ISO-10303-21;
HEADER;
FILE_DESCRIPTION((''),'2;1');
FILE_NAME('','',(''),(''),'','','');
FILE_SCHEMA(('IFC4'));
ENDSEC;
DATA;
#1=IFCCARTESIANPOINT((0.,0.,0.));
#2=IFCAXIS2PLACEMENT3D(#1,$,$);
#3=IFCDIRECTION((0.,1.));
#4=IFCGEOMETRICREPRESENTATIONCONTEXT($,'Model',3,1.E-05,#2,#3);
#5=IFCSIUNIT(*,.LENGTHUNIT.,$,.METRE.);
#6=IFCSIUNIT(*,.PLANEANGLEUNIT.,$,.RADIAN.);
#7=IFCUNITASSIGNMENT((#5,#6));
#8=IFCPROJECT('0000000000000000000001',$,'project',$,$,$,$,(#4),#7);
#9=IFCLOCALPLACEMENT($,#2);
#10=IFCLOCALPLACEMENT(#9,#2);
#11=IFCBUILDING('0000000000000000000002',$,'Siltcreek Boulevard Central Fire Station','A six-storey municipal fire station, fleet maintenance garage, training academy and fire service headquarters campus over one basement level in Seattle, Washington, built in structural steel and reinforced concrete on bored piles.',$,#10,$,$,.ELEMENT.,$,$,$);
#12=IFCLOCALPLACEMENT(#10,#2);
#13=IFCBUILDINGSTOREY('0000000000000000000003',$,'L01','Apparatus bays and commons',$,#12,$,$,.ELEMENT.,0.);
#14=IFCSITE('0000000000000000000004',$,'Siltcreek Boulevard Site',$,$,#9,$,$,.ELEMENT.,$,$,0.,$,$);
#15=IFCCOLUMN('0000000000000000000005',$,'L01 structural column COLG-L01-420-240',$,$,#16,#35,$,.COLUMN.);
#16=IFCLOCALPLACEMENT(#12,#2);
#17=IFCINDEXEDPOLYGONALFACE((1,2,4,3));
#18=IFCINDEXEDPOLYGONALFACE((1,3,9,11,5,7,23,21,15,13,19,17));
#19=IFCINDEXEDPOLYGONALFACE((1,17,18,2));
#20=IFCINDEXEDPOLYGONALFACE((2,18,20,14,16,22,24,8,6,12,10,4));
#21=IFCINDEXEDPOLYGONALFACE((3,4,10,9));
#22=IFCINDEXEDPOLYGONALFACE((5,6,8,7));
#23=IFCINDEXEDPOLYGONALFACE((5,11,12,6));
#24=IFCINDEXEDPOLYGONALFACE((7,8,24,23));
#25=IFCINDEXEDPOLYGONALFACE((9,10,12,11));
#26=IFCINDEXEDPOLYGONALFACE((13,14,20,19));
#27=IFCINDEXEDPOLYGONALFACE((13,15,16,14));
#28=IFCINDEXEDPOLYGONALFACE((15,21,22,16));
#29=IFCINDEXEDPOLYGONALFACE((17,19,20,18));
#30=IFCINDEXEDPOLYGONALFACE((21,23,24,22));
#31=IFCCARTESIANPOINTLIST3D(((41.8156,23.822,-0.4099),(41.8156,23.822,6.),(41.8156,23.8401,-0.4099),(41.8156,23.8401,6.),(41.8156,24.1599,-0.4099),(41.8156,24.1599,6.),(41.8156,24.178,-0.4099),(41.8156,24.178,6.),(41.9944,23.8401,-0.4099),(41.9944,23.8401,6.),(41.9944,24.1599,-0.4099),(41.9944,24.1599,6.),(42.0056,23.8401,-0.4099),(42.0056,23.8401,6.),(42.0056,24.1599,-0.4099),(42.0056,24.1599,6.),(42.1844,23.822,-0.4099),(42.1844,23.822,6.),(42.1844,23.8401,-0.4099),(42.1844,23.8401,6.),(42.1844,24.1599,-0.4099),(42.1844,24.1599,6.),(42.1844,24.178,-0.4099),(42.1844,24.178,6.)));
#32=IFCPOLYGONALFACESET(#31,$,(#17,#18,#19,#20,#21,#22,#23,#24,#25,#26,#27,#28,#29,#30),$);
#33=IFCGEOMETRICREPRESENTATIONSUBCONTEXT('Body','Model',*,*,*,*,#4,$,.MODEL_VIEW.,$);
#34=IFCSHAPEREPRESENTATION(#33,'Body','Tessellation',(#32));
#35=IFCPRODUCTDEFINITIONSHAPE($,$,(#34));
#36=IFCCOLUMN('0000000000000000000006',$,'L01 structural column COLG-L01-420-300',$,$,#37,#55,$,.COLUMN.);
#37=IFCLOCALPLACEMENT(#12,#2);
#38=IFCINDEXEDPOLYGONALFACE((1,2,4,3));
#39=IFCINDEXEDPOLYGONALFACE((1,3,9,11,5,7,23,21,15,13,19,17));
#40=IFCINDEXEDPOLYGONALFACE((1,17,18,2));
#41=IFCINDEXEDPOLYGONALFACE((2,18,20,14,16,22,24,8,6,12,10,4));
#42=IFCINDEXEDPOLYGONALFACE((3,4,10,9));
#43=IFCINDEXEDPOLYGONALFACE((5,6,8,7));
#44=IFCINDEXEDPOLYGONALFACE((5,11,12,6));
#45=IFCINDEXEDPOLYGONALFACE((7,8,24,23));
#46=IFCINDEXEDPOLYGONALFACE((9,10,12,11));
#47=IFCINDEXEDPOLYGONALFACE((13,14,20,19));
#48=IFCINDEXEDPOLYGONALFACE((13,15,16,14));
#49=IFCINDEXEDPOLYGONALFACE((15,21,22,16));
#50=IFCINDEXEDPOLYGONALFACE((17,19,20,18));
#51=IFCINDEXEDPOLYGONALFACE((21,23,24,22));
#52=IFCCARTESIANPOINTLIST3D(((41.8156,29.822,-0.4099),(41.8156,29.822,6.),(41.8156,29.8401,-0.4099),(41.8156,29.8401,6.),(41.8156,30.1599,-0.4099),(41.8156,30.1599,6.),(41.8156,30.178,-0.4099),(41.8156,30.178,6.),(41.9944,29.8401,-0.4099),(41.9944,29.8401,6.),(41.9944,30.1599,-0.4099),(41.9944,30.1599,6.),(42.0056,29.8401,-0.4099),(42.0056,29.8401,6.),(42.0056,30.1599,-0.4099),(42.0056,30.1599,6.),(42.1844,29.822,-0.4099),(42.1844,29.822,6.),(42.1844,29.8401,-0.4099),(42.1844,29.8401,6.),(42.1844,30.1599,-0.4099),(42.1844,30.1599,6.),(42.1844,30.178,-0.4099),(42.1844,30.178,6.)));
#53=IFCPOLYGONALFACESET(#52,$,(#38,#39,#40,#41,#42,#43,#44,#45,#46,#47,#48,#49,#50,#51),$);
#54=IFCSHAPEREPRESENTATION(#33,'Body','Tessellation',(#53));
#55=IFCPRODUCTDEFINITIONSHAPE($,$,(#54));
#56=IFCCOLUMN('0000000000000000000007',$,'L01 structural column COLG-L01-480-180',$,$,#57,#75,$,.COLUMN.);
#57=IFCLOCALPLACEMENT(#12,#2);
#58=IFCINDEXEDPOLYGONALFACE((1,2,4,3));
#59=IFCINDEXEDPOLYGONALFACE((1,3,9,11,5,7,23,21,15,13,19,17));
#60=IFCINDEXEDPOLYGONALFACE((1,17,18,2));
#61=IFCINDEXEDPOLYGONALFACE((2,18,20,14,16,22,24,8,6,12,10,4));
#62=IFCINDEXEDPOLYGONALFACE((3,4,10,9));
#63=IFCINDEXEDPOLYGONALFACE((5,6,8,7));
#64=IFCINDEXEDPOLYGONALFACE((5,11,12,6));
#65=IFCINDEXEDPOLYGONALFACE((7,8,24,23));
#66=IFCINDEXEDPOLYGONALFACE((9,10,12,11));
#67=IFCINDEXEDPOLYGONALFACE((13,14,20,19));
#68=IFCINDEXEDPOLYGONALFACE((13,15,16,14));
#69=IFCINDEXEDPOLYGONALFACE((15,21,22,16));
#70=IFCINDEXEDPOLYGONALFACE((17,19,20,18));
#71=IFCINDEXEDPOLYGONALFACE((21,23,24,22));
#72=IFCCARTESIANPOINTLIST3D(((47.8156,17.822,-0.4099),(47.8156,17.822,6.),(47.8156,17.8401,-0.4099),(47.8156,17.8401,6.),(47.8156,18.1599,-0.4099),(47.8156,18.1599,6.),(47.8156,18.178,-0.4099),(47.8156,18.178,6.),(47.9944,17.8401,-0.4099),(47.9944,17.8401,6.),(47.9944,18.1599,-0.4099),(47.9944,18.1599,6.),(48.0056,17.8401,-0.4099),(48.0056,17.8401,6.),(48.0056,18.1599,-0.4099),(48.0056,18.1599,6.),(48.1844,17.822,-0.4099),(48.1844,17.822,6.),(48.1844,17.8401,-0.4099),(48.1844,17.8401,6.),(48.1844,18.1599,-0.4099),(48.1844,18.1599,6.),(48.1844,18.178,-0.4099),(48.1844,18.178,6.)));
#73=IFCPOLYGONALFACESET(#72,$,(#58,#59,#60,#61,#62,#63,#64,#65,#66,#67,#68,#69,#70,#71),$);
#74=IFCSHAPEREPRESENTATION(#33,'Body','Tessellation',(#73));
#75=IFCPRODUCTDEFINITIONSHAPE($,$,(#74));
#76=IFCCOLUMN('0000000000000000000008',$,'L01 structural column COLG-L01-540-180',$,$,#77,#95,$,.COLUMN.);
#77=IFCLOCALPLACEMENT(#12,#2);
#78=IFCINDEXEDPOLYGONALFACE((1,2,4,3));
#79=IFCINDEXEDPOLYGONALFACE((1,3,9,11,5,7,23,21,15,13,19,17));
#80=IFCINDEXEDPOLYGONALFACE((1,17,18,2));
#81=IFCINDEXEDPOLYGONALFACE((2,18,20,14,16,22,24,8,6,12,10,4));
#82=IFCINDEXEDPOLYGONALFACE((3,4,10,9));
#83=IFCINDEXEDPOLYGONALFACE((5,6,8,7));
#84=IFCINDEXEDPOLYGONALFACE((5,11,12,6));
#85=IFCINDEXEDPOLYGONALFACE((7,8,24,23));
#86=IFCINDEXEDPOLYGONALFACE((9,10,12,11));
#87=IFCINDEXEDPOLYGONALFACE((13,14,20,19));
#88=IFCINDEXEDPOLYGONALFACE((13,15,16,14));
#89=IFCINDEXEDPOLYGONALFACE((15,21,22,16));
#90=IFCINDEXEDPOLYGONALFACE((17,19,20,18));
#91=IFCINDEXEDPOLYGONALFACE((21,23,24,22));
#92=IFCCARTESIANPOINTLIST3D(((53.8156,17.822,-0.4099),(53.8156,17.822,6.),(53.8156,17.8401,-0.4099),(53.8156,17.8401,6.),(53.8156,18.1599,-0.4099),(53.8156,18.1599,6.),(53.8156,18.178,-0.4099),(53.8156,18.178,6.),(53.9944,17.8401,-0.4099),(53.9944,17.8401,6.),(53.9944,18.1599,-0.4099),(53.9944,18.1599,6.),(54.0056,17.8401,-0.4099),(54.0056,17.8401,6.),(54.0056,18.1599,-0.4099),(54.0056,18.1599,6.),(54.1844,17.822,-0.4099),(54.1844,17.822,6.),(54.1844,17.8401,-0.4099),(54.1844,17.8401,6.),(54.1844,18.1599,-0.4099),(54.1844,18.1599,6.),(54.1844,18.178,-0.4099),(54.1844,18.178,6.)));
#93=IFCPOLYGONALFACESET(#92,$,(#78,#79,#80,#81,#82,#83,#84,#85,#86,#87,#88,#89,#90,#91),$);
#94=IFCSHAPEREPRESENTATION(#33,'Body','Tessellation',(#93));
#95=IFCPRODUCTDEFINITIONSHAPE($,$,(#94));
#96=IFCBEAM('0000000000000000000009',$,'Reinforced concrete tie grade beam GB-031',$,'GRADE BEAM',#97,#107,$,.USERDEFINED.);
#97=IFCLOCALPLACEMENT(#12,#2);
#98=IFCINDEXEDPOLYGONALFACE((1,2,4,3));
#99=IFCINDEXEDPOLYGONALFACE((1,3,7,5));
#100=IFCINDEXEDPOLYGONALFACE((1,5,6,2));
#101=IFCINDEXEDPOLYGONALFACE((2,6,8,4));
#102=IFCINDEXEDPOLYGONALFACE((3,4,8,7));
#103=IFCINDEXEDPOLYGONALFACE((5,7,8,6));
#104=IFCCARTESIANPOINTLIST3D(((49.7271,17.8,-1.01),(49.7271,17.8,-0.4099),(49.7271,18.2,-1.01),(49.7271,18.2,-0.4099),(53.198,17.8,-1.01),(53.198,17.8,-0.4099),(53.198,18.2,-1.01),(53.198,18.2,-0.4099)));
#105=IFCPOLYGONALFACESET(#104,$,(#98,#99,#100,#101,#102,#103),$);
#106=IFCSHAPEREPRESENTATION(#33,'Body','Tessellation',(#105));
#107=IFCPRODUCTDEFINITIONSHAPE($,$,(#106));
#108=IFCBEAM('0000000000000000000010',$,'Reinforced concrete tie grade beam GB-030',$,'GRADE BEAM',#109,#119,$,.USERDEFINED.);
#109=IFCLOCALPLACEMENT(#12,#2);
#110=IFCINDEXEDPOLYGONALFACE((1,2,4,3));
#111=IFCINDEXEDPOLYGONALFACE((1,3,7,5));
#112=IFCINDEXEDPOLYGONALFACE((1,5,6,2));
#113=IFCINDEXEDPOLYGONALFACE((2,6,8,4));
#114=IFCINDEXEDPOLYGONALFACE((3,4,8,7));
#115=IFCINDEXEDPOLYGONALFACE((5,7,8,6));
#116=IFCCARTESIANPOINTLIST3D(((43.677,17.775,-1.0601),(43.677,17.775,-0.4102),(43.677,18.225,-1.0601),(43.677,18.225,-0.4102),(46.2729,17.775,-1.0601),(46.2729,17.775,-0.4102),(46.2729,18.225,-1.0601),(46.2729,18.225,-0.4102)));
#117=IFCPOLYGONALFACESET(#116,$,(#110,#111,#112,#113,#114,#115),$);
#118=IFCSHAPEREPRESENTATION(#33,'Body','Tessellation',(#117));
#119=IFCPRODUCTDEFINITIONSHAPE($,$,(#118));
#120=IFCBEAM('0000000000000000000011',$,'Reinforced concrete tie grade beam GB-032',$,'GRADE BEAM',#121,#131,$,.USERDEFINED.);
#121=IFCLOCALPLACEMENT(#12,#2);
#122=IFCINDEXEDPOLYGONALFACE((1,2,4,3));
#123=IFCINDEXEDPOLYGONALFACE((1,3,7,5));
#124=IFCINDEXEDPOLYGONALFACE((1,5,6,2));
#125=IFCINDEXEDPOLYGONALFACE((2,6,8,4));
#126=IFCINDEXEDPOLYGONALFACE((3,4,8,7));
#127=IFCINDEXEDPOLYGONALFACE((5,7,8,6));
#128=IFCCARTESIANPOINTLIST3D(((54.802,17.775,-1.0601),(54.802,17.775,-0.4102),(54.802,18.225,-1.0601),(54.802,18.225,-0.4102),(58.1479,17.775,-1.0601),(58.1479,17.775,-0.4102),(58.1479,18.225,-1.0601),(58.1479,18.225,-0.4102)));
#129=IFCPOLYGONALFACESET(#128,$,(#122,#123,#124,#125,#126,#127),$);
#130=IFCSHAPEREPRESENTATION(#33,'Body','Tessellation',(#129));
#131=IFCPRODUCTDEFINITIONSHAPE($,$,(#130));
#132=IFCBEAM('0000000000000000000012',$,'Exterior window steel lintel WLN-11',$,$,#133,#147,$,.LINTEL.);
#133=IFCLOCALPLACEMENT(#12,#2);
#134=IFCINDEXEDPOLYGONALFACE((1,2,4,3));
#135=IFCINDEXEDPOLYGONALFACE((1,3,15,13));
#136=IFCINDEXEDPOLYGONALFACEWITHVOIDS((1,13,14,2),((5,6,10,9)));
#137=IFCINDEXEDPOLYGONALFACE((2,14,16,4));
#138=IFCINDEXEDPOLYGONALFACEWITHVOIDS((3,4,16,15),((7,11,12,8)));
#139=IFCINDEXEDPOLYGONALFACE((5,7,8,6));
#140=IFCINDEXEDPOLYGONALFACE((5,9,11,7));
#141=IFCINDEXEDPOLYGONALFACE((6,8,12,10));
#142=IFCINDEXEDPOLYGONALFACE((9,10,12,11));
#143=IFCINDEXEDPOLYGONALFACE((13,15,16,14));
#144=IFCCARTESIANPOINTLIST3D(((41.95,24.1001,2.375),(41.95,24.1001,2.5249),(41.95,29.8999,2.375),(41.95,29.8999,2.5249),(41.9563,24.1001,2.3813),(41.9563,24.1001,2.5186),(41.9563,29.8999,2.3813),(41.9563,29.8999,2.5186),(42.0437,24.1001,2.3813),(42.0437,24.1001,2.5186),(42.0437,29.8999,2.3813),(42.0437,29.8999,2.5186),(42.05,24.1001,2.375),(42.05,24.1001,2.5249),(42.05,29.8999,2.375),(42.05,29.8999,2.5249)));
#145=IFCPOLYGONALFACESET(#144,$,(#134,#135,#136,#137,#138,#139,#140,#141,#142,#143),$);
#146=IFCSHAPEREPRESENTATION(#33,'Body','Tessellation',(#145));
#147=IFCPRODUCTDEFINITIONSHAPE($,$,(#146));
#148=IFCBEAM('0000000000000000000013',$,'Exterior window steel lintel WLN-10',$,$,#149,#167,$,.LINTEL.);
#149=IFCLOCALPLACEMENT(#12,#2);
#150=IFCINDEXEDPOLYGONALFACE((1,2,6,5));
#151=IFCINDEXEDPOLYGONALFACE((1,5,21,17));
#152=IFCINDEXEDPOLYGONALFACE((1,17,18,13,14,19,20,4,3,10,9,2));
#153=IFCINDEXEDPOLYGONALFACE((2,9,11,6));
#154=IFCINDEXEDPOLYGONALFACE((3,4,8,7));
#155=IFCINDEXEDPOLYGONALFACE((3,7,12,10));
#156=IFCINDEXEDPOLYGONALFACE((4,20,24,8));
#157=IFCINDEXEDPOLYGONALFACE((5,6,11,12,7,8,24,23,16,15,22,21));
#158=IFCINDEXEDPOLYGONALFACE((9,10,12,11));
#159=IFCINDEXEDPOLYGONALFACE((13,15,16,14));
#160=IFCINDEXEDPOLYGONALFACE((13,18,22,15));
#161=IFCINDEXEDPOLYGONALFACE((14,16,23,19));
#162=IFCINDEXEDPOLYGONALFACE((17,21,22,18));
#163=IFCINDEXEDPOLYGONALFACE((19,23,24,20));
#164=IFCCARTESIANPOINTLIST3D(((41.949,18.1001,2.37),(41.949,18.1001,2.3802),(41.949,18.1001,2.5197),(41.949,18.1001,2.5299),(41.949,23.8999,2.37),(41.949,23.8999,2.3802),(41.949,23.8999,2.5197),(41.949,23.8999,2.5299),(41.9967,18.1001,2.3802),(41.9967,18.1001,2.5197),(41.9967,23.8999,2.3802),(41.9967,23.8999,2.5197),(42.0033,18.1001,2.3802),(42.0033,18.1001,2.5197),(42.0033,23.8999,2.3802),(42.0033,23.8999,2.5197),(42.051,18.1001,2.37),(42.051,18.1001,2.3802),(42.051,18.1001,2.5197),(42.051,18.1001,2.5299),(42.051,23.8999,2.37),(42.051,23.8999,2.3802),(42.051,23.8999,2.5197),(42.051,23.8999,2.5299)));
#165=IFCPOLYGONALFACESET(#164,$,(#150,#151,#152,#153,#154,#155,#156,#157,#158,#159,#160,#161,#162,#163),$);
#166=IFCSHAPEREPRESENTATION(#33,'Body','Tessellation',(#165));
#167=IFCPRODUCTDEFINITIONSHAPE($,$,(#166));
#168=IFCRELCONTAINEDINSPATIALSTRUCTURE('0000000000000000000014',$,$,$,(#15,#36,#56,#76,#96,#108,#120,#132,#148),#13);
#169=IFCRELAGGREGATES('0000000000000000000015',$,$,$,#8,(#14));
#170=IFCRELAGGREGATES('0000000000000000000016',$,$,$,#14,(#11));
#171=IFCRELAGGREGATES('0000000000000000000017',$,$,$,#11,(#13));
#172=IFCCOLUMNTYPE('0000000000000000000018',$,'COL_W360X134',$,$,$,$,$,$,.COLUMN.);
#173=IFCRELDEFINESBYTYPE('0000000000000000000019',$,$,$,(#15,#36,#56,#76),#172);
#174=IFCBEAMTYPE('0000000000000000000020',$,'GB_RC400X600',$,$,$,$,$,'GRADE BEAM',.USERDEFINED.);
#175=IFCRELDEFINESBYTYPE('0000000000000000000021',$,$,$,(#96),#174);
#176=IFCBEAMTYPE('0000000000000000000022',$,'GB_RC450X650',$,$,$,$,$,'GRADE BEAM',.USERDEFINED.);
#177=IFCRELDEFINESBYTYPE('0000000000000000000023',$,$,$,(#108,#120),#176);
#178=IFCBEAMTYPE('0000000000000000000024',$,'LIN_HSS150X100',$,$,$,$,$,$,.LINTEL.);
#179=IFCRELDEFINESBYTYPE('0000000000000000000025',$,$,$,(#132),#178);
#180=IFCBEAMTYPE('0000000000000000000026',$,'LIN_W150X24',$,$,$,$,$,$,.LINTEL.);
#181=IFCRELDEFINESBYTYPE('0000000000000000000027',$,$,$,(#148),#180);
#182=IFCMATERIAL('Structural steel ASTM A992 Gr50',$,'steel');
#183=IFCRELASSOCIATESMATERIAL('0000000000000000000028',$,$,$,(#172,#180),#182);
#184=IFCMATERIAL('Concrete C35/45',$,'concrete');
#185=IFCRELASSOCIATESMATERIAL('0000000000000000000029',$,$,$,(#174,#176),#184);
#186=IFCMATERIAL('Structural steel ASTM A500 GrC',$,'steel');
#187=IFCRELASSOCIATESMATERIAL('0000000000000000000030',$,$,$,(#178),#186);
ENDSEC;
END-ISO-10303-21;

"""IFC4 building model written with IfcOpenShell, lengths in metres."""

from ifc_helpers import new_model, si_unit, direction, frame, origin, origin_2d, place, context, subcontext, project, spatial, rectangle, hollow_rectangle, i_section, extrude, material, material_profile, profile_set, type_object, element, save


model = new_model("IFC4")

# Units and contexts
model_context = context("Model", 3, precision=1e-05, world=origin(), true_north=direction((0.0, 1.0)))
body_context = subcontext(model_context, "Body", "Model", "MODEL_VIEW")
ifc_project = project(units=[si_unit("LENGTHUNIT", "METRE"), si_unit("PLANEANGLEUNIT", "RADIAN")], contexts=[model_context])

# Site, building, storey
site_placement = place(None, origin())
site = spatial("IfcSite", under=ifc_project, at=site_placement, Name="Siltcreek Boulevard Site", CompositionType="ELEMENT", RefElevation=0.0)
building_placement = place(site_placement, origin())
building = spatial("IfcBuilding", under=site, at=building_placement, Name="Siltcreek Boulevard Central Fire Station", Description="A six-storey municipal fire station, fleet maintenance garage, training academy and fire service headquarters campus over one basement level in Seattle, Washington, built in structural steel and reinforced concrete on bored piles.", CompositionType="ELEMENT")
storey_placement = place(building_placement, origin())
storey = spatial("IfcBuildingStorey", under=building, at=storey_placement, Name="L01", Description="Apparatus bays and commons", CompositionType="ELEMENT", Elevation=0.0)

# Shared definitions
ifc_material_1 = material(Name="Concrete C35/45", Category="concrete")

# Columns
ifc_material_2 = material(Name="Structural steel ASTM A992 Gr50", Category="steel")
ifc_material_profile_1 = material_profile(ifc_material_2, i_section(OverallWidth=0.3689, OverallDepth=0.356, WebThickness=0.0112, FlangeThickness=0.0181, at=origin_2d()), Name="W360X134")
ifc_profile_set_1 = profile_set([ifc_material_profile_1], Name="Structural steel ASTM A992 Gr50")
column_type = type_object("IfcColumnType", Name="COL_W360X134", PredefinedType="COLUMN", material=ifc_profile_set_1)
for number, where, z_axis, x_axis, name in (
    (1, (42.0, 24.0, -0.4099), (0.0, 0.0, 1.0), (1.0, 0.0, 0.0), "L01 structural column COLG-L01-420-240"),
    (2, (42.0, 30.0, -0.4099), (0.0, 0.0, 1.0), (1.0, 0.0, 0.0), "L01 structural column COLG-L01-420-300"),
    (3, (48.0, 18.0, -0.4099), (0.0, 0.0, 1.0), (1.0, 0.0, 0.0), "L01 structural column COLG-L01-480-180"),
    (4, (54.0, 18.0, -0.4099), (0.0, 0.0, 1.0), (1.0, 0.0, 0.0), "L01 structural column COLG-L01-540-180"),
):
    element("IfcColumn", number, at=place(storey_placement, frame(where, z_axis=z_axis, x_axis=x_axis)), inside=storey, type_object=column_type, Name=name, PredefinedType="COLUMN", context=body_context, shape_type="SweptSolid", body=[
        extrude(i_section(OverallWidth=0.3689, OverallDepth=0.356, WebThickness=0.0112, FlangeThickness=0.0181, at=origin_2d()), origin(), (0.0, 0.0, 1.0), 6.4099),
    ])

# Beams
ifc_material_profile_2 = material_profile(ifc_material_1, rectangle(XDim=0.3999, YDim=0.6001, at=origin_2d()), Name="RC400X600")
ifc_profile_set_2 = profile_set([ifc_material_profile_2], Name="Concrete C35/45")
beam_type_1 = type_object("IfcBeamType", Name="GB_RC400X600", ElementType="GRADE BEAM", PredefinedType="USERDEFINED", material=ifc_profile_set_2)
beam_1_placement = place(storey_placement, frame((49.7271, 18.0, -0.71), z_axis=(1.0, 0.0, 0.0), x_axis=(0.0, 1.0, 0.0)))
element("IfcBeam", 5, at=beam_1_placement, inside=storey, type_object=beam_type_1, Name="Reinforced concrete tie grade beam GB-031", ObjectType="GRADE BEAM", PredefinedType="USERDEFINED", context=body_context, shape_type="SweptSolid", body=[
    extrude(rectangle(XDim=0.3999, YDim=0.6001, at=origin_2d()), origin(), (0.0, 0.0, 1.0), 3.4709),
])
ifc_material_profile_3 = material_profile(ifc_material_1, rectangle(XDim=0.45, YDim=0.6499, at=origin_2d()), Name="RC450X650")
ifc_profile_set_3 = profile_set([ifc_material_profile_3], Name="Concrete C35/45")
beam_type_2 = type_object("IfcBeamType", Name="GB_RC450X650", ElementType="GRADE BEAM", PredefinedType="USERDEFINED", material=ifc_profile_set_3)
beam_2_placement = place(storey_placement, frame((43.677, 18.0, -0.7351), z_axis=(1.0, 0.0, 0.0), x_axis=(0.0, 1.0, 0.0)))
element("IfcBeam", 6, at=beam_2_placement, inside=storey, type_object=beam_type_2, Name="Reinforced concrete tie grade beam GB-030", ObjectType="GRADE BEAM", PredefinedType="USERDEFINED", context=body_context, shape_type="SweptSolid", body=[
    extrude(rectangle(XDim=0.45, YDim=0.6499, at=origin_2d()), origin(), (0.0, 0.0, 1.0), 2.5959),
])
beam_3_placement = place(storey_placement, frame((54.802, 18.0, -0.7351), z_axis=(1.0, 0.0, 0.0), x_axis=(0.0, 1.0, 0.0)))
element("IfcBeam", 7, at=beam_3_placement, inside=storey, type_object=beam_type_2, Name="Reinforced concrete tie grade beam GB-032", ObjectType="GRADE BEAM", PredefinedType="USERDEFINED", context=body_context, shape_type="SweptSolid", body=[
    extrude(rectangle(XDim=0.45, YDim=0.6499, at=origin_2d()), origin(), (0.0, 0.0, 1.0), 3.3459),
])
ifc_material_3 = material(Name="Structural steel ASTM A500 GrC", Category="steel")
ifc_material_profile_4 = material_profile(ifc_material_3, hollow_rectangle(XDim=0.1001, YDim=0.1499, WallThickness=0.0063, at=origin_2d()), Name="HSS150X100X6.4")
ifc_profile_set_4 = profile_set([ifc_material_profile_4], Name="Structural steel ASTM A500 GrC")
beam_type_3 = type_object("IfcBeamType", Name="LIN_HSS150X100", PredefinedType="LINTEL", material=ifc_profile_set_4)
beam_4_placement = place(storey_placement, frame((42.0, 29.8999, 2.45), z_axis=(0.0, -1.0, 0.0), x_axis=(1.0, 0.0, 0.0)))
element("IfcBeam", 8, at=beam_4_placement, inside=storey, type_object=beam_type_3, Name="Exterior window steel lintel WLN-11", PredefinedType="LINTEL", context=body_context, shape_type="SweptSolid", body=[
    extrude(hollow_rectangle(XDim=0.1001, YDim=0.1499, WallThickness=0.0063, at=origin_2d()), origin(), (0.0, 0.0, 1.0), 5.7998),
])
ifc_material_profile_5 = material_profile(ifc_material_2, i_section(OverallWidth=0.1021, OverallDepth=0.1599, WebThickness=0.0066, FlangeThickness=0.0103, at=origin_2d()), Name="W150X24")
ifc_profile_set_5 = profile_set([ifc_material_profile_5], Name="Structural steel ASTM A992 Gr50")
beam_type_4 = type_object("IfcBeamType", Name="LIN_W150X24", PredefinedType="LINTEL", material=ifc_profile_set_5)
beam_5_placement = place(storey_placement, frame((42.0, 23.8999, 2.45), z_axis=(0.0, -1.0, 0.0), x_axis=(1.0, 0.0, 0.0)))
element("IfcBeam", 9, at=beam_5_placement, inside=storey, type_object=beam_type_4, Name="Exterior window steel lintel WLN-10", PredefinedType="LINTEL", context=body_context, shape_type="SweptSolid", body=[
    extrude(i_section(OverallWidth=0.1021, OverallDepth=0.1599, WebThickness=0.0066, FlangeThickness=0.0103, at=origin_2d()), origin(), (0.0, 0.0, 1.0), 5.7998),
])

save(model, "model.ifc")
